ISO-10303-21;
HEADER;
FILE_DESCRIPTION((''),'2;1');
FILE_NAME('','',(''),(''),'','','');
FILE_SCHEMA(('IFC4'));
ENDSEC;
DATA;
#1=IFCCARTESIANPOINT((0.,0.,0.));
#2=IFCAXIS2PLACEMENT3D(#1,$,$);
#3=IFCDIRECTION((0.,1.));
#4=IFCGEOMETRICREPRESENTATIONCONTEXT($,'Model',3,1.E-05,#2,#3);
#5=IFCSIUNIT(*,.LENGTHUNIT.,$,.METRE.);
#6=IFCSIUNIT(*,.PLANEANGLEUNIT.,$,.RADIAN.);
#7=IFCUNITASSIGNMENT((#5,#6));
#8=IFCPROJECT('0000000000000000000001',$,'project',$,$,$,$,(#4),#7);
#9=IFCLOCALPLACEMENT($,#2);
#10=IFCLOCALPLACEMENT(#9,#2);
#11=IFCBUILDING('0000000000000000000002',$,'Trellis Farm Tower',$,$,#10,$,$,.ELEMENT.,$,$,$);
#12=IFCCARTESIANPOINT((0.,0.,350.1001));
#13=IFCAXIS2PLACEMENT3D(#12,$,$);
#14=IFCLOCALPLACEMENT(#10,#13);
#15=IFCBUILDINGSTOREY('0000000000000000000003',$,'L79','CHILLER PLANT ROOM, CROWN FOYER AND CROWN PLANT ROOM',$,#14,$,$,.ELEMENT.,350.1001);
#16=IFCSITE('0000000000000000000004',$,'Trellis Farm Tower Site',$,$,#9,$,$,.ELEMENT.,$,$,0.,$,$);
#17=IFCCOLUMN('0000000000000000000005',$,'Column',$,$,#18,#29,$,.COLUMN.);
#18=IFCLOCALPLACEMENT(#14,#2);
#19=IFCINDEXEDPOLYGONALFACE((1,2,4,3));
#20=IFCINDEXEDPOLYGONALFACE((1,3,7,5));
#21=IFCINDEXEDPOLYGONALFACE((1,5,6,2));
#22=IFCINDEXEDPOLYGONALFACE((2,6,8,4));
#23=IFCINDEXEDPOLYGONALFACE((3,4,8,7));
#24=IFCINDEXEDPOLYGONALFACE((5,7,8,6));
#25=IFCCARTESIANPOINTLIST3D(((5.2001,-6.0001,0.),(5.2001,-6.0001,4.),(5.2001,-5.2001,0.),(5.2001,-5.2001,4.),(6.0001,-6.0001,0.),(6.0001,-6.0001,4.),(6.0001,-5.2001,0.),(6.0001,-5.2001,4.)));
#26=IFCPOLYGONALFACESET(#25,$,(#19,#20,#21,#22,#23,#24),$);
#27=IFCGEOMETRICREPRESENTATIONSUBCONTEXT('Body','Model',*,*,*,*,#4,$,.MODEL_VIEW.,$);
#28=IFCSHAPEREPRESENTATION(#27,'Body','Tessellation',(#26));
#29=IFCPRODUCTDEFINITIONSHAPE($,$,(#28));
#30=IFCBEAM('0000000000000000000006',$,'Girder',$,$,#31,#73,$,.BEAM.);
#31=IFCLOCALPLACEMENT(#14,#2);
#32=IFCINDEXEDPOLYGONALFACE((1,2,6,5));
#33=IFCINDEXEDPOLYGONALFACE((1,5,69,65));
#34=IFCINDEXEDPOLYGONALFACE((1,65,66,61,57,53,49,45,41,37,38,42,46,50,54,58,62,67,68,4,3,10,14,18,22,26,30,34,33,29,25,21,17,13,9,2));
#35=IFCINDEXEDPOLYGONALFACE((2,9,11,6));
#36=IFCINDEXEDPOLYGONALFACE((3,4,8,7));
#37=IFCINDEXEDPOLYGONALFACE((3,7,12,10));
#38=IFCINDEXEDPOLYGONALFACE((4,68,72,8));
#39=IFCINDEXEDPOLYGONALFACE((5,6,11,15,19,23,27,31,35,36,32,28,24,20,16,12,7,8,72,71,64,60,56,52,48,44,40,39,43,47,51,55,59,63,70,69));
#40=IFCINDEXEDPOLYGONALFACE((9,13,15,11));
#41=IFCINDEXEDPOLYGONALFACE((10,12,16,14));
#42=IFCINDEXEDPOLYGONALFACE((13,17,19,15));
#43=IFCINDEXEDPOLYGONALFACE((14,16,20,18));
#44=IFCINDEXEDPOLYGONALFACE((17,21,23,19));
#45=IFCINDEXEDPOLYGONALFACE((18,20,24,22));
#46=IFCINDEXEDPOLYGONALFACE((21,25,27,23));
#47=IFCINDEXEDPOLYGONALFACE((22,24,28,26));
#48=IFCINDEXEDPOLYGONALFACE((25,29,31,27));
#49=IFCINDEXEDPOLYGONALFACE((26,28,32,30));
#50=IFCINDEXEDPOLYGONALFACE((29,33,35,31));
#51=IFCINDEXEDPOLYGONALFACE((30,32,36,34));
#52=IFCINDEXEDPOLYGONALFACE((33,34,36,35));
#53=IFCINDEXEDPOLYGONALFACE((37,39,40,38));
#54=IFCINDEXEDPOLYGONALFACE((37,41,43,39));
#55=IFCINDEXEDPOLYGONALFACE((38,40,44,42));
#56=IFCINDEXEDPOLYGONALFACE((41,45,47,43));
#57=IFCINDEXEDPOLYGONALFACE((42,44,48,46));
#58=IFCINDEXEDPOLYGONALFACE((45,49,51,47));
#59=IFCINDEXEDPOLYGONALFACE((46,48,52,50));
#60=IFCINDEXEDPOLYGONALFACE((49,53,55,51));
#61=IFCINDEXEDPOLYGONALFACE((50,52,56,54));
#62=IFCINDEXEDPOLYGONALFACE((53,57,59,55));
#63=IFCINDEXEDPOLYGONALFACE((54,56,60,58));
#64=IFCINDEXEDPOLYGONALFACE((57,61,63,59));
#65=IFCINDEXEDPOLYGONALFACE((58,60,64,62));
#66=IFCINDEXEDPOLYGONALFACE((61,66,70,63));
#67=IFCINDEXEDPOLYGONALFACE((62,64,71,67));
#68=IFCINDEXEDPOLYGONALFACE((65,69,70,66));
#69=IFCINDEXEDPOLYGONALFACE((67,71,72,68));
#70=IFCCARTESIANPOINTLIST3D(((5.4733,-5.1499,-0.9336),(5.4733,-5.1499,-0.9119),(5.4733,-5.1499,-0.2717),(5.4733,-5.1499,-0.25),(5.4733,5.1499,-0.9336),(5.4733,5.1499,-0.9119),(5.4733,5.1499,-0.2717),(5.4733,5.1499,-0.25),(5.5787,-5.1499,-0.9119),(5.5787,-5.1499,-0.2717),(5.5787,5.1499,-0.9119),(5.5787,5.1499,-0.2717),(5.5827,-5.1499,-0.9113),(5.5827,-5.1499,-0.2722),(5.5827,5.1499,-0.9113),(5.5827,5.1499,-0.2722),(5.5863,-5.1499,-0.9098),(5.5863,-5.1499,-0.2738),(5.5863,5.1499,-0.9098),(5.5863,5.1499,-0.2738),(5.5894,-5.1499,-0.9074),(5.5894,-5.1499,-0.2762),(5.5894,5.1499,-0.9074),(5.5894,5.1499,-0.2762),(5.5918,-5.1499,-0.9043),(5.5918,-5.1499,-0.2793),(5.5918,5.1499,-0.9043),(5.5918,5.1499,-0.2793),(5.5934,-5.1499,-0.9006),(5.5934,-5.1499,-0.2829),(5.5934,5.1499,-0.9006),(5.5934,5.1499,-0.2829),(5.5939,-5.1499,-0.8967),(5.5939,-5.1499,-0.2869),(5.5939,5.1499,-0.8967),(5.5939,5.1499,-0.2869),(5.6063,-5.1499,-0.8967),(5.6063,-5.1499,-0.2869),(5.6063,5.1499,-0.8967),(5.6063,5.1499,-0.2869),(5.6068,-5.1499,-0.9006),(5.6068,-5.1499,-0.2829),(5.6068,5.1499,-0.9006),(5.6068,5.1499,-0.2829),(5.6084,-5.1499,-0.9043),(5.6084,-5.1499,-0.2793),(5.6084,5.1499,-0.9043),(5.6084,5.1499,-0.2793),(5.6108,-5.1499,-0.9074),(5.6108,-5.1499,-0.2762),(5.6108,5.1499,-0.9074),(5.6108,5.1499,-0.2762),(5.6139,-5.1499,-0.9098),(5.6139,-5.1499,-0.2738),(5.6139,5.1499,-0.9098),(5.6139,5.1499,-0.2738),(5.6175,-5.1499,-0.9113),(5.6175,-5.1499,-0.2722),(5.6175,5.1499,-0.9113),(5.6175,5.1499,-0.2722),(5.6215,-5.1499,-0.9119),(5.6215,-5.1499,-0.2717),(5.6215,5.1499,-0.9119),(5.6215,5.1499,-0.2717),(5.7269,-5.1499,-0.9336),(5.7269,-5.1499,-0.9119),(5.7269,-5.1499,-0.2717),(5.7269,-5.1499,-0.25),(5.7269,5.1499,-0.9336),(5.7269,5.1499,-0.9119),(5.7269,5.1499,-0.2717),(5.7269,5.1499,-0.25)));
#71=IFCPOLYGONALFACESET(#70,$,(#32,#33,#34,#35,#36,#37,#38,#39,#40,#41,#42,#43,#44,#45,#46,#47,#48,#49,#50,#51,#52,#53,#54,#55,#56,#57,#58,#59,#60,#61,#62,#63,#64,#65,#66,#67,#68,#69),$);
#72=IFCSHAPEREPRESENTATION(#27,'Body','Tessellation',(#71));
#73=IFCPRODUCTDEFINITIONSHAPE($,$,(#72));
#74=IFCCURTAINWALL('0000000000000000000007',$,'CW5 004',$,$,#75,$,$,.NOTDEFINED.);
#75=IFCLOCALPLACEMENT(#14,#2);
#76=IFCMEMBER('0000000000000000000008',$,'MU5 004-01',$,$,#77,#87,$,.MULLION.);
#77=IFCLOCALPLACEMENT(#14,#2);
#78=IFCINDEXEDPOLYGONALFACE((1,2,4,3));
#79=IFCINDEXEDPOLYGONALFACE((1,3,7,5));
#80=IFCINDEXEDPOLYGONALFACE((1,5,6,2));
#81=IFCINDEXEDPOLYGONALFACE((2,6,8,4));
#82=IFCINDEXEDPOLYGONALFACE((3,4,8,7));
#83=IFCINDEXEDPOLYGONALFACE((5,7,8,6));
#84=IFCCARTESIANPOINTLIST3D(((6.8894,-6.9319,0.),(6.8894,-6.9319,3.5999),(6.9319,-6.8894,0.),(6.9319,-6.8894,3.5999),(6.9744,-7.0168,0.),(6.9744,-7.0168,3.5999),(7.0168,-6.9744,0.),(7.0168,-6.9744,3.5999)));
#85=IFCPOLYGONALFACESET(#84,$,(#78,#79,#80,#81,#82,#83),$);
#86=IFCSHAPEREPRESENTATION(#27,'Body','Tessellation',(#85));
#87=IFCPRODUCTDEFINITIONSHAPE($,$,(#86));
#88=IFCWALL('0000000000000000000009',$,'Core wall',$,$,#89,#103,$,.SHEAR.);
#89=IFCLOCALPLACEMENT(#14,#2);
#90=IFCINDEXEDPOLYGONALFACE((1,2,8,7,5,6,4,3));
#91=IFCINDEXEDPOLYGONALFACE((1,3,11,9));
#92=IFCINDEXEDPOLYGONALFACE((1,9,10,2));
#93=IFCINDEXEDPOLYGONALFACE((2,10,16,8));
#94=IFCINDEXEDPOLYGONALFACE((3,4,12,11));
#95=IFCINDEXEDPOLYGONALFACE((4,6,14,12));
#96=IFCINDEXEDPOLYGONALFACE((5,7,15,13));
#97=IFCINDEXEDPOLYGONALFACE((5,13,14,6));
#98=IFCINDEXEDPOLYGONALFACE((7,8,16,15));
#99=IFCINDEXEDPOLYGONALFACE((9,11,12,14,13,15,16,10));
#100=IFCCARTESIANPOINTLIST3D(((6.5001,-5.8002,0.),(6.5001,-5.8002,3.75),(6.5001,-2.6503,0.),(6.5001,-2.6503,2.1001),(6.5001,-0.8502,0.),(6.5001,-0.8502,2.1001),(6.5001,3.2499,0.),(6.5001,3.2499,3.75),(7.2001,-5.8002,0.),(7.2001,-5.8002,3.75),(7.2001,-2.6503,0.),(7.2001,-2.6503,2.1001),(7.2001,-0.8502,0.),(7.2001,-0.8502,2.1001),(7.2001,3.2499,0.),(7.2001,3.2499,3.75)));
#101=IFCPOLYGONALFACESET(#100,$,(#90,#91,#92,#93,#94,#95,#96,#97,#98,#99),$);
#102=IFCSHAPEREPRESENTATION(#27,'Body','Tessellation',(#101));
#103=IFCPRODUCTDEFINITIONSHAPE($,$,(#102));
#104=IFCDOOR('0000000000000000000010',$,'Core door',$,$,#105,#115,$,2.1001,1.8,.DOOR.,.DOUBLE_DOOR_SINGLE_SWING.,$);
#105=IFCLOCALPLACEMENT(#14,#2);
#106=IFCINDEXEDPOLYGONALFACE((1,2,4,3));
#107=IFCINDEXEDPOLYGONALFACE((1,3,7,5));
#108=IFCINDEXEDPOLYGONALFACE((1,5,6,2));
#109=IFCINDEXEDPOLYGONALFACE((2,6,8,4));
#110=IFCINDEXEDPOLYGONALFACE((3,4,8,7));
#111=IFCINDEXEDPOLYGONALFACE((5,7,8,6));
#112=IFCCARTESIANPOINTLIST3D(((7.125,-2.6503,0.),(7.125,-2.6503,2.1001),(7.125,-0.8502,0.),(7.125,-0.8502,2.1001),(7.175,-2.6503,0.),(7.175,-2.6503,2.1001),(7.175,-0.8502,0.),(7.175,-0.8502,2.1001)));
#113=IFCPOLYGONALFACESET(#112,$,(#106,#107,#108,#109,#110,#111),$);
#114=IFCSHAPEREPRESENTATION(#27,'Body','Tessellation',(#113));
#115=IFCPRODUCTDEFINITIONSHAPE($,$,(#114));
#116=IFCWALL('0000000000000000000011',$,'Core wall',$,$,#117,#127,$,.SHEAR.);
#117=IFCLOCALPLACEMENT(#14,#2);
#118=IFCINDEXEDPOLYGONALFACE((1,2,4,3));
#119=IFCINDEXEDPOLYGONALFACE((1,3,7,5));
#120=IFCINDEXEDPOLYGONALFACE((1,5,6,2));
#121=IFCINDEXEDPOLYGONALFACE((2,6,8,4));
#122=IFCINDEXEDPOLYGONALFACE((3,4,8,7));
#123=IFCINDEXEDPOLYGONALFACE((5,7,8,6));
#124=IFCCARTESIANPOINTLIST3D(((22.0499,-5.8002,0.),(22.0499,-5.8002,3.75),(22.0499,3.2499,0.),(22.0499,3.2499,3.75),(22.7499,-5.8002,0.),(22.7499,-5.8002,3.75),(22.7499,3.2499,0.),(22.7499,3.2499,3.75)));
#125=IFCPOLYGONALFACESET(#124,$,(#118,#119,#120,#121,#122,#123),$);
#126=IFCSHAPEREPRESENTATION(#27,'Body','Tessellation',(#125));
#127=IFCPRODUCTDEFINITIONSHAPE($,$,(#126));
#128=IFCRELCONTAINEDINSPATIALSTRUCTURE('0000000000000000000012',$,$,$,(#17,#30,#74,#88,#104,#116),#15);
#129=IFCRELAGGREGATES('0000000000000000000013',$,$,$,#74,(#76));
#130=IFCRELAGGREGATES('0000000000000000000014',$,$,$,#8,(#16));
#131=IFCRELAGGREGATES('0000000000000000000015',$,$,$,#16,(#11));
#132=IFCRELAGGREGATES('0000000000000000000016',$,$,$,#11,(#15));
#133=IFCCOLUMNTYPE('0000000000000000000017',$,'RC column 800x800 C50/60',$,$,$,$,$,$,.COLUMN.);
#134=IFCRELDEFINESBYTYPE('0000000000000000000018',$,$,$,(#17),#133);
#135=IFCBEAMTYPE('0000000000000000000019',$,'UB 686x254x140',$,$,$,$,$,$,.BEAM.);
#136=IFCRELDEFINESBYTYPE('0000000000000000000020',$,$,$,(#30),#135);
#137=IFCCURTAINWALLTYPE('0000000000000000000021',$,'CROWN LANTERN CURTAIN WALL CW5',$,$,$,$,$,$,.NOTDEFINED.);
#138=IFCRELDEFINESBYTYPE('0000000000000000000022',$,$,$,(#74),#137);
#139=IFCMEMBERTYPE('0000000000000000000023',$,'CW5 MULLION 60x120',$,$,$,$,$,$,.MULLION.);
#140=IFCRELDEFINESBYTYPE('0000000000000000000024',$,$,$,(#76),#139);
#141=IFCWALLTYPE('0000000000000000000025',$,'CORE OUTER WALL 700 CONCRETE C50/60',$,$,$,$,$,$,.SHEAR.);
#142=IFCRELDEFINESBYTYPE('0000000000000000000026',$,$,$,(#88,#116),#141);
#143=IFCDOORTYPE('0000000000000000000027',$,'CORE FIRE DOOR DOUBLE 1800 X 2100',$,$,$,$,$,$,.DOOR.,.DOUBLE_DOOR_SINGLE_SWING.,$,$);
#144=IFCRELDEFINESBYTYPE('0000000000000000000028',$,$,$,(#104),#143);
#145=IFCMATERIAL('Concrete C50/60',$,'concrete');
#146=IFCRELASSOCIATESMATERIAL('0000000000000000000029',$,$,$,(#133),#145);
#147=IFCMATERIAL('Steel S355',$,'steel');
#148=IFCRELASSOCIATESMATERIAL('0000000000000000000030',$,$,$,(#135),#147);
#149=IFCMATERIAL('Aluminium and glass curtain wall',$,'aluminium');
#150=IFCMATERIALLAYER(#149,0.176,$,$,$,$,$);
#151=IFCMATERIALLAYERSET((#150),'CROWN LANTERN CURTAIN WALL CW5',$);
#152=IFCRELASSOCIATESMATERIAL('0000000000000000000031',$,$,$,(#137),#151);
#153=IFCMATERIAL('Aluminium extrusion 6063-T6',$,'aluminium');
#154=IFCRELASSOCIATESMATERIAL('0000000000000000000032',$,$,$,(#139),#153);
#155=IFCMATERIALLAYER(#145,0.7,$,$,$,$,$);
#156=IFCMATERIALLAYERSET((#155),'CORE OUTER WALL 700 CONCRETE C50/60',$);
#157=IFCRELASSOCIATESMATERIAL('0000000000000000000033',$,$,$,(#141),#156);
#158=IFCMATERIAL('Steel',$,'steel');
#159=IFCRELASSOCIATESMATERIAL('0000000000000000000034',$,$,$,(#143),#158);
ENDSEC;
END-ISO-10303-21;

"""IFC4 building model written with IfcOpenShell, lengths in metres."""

from ifc_helpers import new_model, si_unit, direction, frame, frame_2d, origin, origin_2d, place, context, subcontext, project, spatial, rectangle, i_section, extrude, source, transform, mapped, material, layer, layer_set, material_profile, profile_set, type_object, element, fill, aggregate, save


model = new_model("IFC4")

# Units and contexts
model_context = context("Model", 3, precision=1e-05, world=origin(), true_north=direction((0.0, 1.0)))
body_context = subcontext(model_context, "Body", "Model", "MODEL_VIEW")
ifc_project = project(units=[si_unit("LENGTHUNIT", "METRE"), si_unit("PLANEANGLEUNIT", "RADIAN")], contexts=[model_context])

# Site, building, storey
site_placement = place(None, origin())
site = spatial("IfcSite", under=ifc_project, at=site_placement, Name="Trellis Farm Tower Site", CompositionType="ELEMENT", RefElevation=0.0)
building_placement = place(site_placement, origin())
building = spatial("IfcBuilding", under=site, at=building_placement, Name="Trellis Farm Tower", CompositionType="ELEMENT")
storey_placement = place(building_placement, frame((0.0, 0.0, 350.1001)))
storey = spatial("IfcBuildingStorey", under=building, at=storey_placement, Name="L79", Description="CHILLER PLANT ROOM, CROWN FOYER AND CROWN PLANT ROOM", CompositionType="ELEMENT", Elevation=350.1001)

# Column
ifc_material_1 = material(Name="Concrete C50/60", Category="concrete")
ifc_material_profile_1 = material_profile(ifc_material_1, rectangle(XDim=0.8, YDim=0.8, at=origin_2d()), Name="RC column 800x800 C50/60")
ifc_profile_set_1 = profile_set([ifc_material_profile_1], Name="Concrete C50/60")
column_type = type_object("IfcColumnType", Name="RC column 800x800 C50/60", PredefinedType="COLUMN", material=ifc_profile_set_1)
shared_shape_1 = source(origin(), body_context, "Body", "SweptSolid", [
    extrude(rectangle(XDim=0.8, YDim=0.8, at=origin_2d()), origin(), (0.0, 0.0, 1.0), 4.0),
])
column_placement = place(storey_placement, frame((5.6001, -5.6001, 0.0), z_axis=(0.0, 0.0, 1.0), x_axis=(1.0, 0.0, 0.0)))
element("IfcColumn", 1, at=column_placement, inside=storey, type_object=column_type, Name="Column", PredefinedType="COLUMN", context=body_context, shape_type="MappedRepresentation", body=[
    mapped(shared_shape_1, transform((0.0, 0.0, 0.0))),
])

# Beam
ifc_material_2 = material(Name="Steel S355", Category="steel")
ifc_material_profile_2 = material_profile(ifc_material_2, i_section(OverallWidth=0.2537, OverallDepth=0.6836, WebThickness=0.0125, FlangeThickness=0.0217, FilletRadius=0.0151, at=origin_2d()), Name="UB 686x254x140")
ifc_profile_set_2 = profile_set([ifc_material_profile_2], Name="Steel S355")
beam_type = type_object("IfcBeamType", Name="UB 686x254x140", PredefinedType="BEAM", material=ifc_profile_set_2)
shared_shape_2 = source(origin(), body_context, "Body", "SweptSolid", [
    extrude(i_section(OverallWidth=0.2537, OverallDepth=0.6836, WebThickness=0.0125, FlangeThickness=0.0217, FilletRadius=0.0151, at=origin_2d()), origin(), (0.0, 0.0, 1.0), 10.2998),
])
beam_placement = place(storey_placement, frame((5.6001, -5.1499, -0.5918), z_axis=(0.0, 1.0, 0.0), x_axis=(-1.0, 0.0, 0.0)))
element("IfcBeam", 2, at=beam_placement, inside=storey, type_object=beam_type, Name="Girder", PredefinedType="BEAM", context=body_context, shape_type="MappedRepresentation", body=[
    mapped(shared_shape_2, transform((0.0, 0.0, 0.0))),
])

# Curtain wall, member
ifc_material_3 = material(Name="Aluminium and glass curtain wall", Category="aluminium")
ifc_layer_1 = layer(ifc_material_3, 0.176)
ifc_layer_set_1 = layer_set([ifc_layer_1], Name="CROWN LANTERN CURTAIN WALL CW5")
curtain_wall_type = type_object("IfcCurtainWallType", Name="CROWN LANTERN CURTAIN WALL CW5", PredefinedType="NOTDEFINED", material=ifc_layer_set_1)
placement = place(storey_placement, origin())
curtain_wall = element("IfcCurtainWall", 3, at=placement, inside=storey, type_object=curtain_wall_type, Name="CW5 004", PredefinedType="NOTDEFINED")
ifc_material_4 = material(Name="Aluminium extrusion 6063-T6", Category="aluminium")
ifc_material_profile_3 = material_profile(ifc_material_4, rectangle(XDim=0.0601, YDim=0.1201, at=origin_2d()), Name="MULLION 60x120")
ifc_profile_set_3 = profile_set([ifc_material_profile_3], Name="Aluminium extrusion 6063-T6")
member_type = type_object("IfcMemberType", Name="CW5 MULLION 60x120", PredefinedType="MULLION", material=ifc_profile_set_3)
shared_shape_3 = source(origin(), body_context, "Body", "SweptSolid", [
    extrude(rectangle(XDim=0.0601, YDim=0.1201, at=origin_2d()), origin(), (0.0, 0.0, 1.0), 3.5999),
])
member_placement = place(storey_placement, frame((6.9531, -6.9531, 0.0), z_axis=(0.0, 0.0, 1.0), x_axis=(0.707107, 0.707107, 0.0)))
member = element("IfcMember", 4, at=member_placement, type_object=member_type, Name="MU5 004-01", PredefinedType="MULLION", context=body_context, shape_type="MappedRepresentation", body=[
    mapped(shared_shape_3, transform((0.0, 0.0, 0.0))),
])
aggregate(curtain_wall, [member])

# Wall, opening, door
ifc_layer_2 = layer(ifc_material_1, 0.7)
ifc_layer_set_2 = layer_set([ifc_layer_2], Name="CORE OUTER WALL 700 CONCRETE C50/60")
wall_type_1 = type_object("IfcWallType", Name="CORE OUTER WALL 700 CONCRETE C50/60", PredefinedType="SHEAR", material=ifc_layer_set_2)
shared_shape_4 = source(origin(), body_context, "Body", "SweptSolid", [
    extrude(rectangle(XDim=9.05, YDim=0.7, at=frame_2d((4.5249, 0.0))), origin(), (0.0, 0.0, 1.0), 3.75),
])
wall_1_placement = place(storey_placement, frame((6.8501, -5.8, 0.0), z_axis=(0.0, 0.0, 1.0), x_axis=(0.0, 1.0, 0.0)))
wall_1 = element("IfcWall", 5, at=wall_1_placement, inside=storey, type_object=wall_type_1, Name="Core wall", PredefinedType="SHEAR", context=body_context, shape_type="MappedRepresentation", body=[
    mapped(shared_shape_4, transform((0.0, 0.0, 0.0))),
])
shared_shape_5 = source(origin(), body_context, "Body", "SweptSolid", [
    extrude(rectangle(XDim=1.8, YDim=2.1001, at=frame_2d((0.8999, 1.05))), frame((0.0, 0.3601, 0.0), z_axis=(0.0, -1.0, 0.0), x_axis=(1.0, 0.0, 0.0)), (0.0, 0.0, 1.0), 0.7202),
])
opening_1_placement = place(wall_1_placement, frame((3.1499, 0.0, 0.0)))
opening_1 = element("IfcOpeningElement", 6, at=opening_1_placement, cuts=wall_1, PredefinedType="OPENING", context=body_context, shape_type="MappedRepresentation", body=[
    mapped(shared_shape_5, transform((0.0, 0.0, 0.0))),
])
ifc_material_5 = material(Name="Steel", Category="steel")
door_type_1 = type_object("IfcDoorType", Name="CORE FIRE DOOR DOUBLE 1800 X 2100", OperationType="DOUBLE_DOOR_SINGLE_SWING", PredefinedType="DOOR", material=ifc_material_5)
shared_shape_6 = source(origin(), body_context, "Body", "SweptSolid", [
    extrude(rectangle(XDim=1.8, YDim=2.1001, at=frame_2d((0.8999, 1.05))), frame((0.0, -0.2749, 0.0), z_axis=(0.0, -1.0, 0.0), x_axis=(1.0, 0.0, 0.0)), (0.0, 0.0, 1.0), 0.05),
])
door_1_placement = place(opening_1_placement, origin())
door_1 = element("IfcDoor", 7, at=door_1_placement, inside=storey, type_object=door_type_1, Name="Core door", OperationType="DOUBLE_DOOR_SINGLE_SWING", OverallHeight=2.1001, OverallWidth=1.8, PredefinedType="DOOR", context=body_context, shape_type="MappedRepresentation", body=[
    mapped(shared_shape_6, transform((0.0, 0.0, 0.0))),
])
fill(opening_1, door_1)

# Wall
wall_2_placement = place(storey_placement, frame((22.3999, -5.8, 0.0), z_axis=(0.0, 0.0, 1.0), x_axis=(0.0, 1.0, 0.0)))
element("IfcWall", 8, at=wall_2_placement, inside=storey, type_object=wall_type_1, Name="Core wall", PredefinedType="SHEAR", context=body_context, shape_type="MappedRepresentation", body=[
    mapped(shared_shape_4, transform((0.0, 0.0, 0.0))),
])

save(model, "model.ifc")
